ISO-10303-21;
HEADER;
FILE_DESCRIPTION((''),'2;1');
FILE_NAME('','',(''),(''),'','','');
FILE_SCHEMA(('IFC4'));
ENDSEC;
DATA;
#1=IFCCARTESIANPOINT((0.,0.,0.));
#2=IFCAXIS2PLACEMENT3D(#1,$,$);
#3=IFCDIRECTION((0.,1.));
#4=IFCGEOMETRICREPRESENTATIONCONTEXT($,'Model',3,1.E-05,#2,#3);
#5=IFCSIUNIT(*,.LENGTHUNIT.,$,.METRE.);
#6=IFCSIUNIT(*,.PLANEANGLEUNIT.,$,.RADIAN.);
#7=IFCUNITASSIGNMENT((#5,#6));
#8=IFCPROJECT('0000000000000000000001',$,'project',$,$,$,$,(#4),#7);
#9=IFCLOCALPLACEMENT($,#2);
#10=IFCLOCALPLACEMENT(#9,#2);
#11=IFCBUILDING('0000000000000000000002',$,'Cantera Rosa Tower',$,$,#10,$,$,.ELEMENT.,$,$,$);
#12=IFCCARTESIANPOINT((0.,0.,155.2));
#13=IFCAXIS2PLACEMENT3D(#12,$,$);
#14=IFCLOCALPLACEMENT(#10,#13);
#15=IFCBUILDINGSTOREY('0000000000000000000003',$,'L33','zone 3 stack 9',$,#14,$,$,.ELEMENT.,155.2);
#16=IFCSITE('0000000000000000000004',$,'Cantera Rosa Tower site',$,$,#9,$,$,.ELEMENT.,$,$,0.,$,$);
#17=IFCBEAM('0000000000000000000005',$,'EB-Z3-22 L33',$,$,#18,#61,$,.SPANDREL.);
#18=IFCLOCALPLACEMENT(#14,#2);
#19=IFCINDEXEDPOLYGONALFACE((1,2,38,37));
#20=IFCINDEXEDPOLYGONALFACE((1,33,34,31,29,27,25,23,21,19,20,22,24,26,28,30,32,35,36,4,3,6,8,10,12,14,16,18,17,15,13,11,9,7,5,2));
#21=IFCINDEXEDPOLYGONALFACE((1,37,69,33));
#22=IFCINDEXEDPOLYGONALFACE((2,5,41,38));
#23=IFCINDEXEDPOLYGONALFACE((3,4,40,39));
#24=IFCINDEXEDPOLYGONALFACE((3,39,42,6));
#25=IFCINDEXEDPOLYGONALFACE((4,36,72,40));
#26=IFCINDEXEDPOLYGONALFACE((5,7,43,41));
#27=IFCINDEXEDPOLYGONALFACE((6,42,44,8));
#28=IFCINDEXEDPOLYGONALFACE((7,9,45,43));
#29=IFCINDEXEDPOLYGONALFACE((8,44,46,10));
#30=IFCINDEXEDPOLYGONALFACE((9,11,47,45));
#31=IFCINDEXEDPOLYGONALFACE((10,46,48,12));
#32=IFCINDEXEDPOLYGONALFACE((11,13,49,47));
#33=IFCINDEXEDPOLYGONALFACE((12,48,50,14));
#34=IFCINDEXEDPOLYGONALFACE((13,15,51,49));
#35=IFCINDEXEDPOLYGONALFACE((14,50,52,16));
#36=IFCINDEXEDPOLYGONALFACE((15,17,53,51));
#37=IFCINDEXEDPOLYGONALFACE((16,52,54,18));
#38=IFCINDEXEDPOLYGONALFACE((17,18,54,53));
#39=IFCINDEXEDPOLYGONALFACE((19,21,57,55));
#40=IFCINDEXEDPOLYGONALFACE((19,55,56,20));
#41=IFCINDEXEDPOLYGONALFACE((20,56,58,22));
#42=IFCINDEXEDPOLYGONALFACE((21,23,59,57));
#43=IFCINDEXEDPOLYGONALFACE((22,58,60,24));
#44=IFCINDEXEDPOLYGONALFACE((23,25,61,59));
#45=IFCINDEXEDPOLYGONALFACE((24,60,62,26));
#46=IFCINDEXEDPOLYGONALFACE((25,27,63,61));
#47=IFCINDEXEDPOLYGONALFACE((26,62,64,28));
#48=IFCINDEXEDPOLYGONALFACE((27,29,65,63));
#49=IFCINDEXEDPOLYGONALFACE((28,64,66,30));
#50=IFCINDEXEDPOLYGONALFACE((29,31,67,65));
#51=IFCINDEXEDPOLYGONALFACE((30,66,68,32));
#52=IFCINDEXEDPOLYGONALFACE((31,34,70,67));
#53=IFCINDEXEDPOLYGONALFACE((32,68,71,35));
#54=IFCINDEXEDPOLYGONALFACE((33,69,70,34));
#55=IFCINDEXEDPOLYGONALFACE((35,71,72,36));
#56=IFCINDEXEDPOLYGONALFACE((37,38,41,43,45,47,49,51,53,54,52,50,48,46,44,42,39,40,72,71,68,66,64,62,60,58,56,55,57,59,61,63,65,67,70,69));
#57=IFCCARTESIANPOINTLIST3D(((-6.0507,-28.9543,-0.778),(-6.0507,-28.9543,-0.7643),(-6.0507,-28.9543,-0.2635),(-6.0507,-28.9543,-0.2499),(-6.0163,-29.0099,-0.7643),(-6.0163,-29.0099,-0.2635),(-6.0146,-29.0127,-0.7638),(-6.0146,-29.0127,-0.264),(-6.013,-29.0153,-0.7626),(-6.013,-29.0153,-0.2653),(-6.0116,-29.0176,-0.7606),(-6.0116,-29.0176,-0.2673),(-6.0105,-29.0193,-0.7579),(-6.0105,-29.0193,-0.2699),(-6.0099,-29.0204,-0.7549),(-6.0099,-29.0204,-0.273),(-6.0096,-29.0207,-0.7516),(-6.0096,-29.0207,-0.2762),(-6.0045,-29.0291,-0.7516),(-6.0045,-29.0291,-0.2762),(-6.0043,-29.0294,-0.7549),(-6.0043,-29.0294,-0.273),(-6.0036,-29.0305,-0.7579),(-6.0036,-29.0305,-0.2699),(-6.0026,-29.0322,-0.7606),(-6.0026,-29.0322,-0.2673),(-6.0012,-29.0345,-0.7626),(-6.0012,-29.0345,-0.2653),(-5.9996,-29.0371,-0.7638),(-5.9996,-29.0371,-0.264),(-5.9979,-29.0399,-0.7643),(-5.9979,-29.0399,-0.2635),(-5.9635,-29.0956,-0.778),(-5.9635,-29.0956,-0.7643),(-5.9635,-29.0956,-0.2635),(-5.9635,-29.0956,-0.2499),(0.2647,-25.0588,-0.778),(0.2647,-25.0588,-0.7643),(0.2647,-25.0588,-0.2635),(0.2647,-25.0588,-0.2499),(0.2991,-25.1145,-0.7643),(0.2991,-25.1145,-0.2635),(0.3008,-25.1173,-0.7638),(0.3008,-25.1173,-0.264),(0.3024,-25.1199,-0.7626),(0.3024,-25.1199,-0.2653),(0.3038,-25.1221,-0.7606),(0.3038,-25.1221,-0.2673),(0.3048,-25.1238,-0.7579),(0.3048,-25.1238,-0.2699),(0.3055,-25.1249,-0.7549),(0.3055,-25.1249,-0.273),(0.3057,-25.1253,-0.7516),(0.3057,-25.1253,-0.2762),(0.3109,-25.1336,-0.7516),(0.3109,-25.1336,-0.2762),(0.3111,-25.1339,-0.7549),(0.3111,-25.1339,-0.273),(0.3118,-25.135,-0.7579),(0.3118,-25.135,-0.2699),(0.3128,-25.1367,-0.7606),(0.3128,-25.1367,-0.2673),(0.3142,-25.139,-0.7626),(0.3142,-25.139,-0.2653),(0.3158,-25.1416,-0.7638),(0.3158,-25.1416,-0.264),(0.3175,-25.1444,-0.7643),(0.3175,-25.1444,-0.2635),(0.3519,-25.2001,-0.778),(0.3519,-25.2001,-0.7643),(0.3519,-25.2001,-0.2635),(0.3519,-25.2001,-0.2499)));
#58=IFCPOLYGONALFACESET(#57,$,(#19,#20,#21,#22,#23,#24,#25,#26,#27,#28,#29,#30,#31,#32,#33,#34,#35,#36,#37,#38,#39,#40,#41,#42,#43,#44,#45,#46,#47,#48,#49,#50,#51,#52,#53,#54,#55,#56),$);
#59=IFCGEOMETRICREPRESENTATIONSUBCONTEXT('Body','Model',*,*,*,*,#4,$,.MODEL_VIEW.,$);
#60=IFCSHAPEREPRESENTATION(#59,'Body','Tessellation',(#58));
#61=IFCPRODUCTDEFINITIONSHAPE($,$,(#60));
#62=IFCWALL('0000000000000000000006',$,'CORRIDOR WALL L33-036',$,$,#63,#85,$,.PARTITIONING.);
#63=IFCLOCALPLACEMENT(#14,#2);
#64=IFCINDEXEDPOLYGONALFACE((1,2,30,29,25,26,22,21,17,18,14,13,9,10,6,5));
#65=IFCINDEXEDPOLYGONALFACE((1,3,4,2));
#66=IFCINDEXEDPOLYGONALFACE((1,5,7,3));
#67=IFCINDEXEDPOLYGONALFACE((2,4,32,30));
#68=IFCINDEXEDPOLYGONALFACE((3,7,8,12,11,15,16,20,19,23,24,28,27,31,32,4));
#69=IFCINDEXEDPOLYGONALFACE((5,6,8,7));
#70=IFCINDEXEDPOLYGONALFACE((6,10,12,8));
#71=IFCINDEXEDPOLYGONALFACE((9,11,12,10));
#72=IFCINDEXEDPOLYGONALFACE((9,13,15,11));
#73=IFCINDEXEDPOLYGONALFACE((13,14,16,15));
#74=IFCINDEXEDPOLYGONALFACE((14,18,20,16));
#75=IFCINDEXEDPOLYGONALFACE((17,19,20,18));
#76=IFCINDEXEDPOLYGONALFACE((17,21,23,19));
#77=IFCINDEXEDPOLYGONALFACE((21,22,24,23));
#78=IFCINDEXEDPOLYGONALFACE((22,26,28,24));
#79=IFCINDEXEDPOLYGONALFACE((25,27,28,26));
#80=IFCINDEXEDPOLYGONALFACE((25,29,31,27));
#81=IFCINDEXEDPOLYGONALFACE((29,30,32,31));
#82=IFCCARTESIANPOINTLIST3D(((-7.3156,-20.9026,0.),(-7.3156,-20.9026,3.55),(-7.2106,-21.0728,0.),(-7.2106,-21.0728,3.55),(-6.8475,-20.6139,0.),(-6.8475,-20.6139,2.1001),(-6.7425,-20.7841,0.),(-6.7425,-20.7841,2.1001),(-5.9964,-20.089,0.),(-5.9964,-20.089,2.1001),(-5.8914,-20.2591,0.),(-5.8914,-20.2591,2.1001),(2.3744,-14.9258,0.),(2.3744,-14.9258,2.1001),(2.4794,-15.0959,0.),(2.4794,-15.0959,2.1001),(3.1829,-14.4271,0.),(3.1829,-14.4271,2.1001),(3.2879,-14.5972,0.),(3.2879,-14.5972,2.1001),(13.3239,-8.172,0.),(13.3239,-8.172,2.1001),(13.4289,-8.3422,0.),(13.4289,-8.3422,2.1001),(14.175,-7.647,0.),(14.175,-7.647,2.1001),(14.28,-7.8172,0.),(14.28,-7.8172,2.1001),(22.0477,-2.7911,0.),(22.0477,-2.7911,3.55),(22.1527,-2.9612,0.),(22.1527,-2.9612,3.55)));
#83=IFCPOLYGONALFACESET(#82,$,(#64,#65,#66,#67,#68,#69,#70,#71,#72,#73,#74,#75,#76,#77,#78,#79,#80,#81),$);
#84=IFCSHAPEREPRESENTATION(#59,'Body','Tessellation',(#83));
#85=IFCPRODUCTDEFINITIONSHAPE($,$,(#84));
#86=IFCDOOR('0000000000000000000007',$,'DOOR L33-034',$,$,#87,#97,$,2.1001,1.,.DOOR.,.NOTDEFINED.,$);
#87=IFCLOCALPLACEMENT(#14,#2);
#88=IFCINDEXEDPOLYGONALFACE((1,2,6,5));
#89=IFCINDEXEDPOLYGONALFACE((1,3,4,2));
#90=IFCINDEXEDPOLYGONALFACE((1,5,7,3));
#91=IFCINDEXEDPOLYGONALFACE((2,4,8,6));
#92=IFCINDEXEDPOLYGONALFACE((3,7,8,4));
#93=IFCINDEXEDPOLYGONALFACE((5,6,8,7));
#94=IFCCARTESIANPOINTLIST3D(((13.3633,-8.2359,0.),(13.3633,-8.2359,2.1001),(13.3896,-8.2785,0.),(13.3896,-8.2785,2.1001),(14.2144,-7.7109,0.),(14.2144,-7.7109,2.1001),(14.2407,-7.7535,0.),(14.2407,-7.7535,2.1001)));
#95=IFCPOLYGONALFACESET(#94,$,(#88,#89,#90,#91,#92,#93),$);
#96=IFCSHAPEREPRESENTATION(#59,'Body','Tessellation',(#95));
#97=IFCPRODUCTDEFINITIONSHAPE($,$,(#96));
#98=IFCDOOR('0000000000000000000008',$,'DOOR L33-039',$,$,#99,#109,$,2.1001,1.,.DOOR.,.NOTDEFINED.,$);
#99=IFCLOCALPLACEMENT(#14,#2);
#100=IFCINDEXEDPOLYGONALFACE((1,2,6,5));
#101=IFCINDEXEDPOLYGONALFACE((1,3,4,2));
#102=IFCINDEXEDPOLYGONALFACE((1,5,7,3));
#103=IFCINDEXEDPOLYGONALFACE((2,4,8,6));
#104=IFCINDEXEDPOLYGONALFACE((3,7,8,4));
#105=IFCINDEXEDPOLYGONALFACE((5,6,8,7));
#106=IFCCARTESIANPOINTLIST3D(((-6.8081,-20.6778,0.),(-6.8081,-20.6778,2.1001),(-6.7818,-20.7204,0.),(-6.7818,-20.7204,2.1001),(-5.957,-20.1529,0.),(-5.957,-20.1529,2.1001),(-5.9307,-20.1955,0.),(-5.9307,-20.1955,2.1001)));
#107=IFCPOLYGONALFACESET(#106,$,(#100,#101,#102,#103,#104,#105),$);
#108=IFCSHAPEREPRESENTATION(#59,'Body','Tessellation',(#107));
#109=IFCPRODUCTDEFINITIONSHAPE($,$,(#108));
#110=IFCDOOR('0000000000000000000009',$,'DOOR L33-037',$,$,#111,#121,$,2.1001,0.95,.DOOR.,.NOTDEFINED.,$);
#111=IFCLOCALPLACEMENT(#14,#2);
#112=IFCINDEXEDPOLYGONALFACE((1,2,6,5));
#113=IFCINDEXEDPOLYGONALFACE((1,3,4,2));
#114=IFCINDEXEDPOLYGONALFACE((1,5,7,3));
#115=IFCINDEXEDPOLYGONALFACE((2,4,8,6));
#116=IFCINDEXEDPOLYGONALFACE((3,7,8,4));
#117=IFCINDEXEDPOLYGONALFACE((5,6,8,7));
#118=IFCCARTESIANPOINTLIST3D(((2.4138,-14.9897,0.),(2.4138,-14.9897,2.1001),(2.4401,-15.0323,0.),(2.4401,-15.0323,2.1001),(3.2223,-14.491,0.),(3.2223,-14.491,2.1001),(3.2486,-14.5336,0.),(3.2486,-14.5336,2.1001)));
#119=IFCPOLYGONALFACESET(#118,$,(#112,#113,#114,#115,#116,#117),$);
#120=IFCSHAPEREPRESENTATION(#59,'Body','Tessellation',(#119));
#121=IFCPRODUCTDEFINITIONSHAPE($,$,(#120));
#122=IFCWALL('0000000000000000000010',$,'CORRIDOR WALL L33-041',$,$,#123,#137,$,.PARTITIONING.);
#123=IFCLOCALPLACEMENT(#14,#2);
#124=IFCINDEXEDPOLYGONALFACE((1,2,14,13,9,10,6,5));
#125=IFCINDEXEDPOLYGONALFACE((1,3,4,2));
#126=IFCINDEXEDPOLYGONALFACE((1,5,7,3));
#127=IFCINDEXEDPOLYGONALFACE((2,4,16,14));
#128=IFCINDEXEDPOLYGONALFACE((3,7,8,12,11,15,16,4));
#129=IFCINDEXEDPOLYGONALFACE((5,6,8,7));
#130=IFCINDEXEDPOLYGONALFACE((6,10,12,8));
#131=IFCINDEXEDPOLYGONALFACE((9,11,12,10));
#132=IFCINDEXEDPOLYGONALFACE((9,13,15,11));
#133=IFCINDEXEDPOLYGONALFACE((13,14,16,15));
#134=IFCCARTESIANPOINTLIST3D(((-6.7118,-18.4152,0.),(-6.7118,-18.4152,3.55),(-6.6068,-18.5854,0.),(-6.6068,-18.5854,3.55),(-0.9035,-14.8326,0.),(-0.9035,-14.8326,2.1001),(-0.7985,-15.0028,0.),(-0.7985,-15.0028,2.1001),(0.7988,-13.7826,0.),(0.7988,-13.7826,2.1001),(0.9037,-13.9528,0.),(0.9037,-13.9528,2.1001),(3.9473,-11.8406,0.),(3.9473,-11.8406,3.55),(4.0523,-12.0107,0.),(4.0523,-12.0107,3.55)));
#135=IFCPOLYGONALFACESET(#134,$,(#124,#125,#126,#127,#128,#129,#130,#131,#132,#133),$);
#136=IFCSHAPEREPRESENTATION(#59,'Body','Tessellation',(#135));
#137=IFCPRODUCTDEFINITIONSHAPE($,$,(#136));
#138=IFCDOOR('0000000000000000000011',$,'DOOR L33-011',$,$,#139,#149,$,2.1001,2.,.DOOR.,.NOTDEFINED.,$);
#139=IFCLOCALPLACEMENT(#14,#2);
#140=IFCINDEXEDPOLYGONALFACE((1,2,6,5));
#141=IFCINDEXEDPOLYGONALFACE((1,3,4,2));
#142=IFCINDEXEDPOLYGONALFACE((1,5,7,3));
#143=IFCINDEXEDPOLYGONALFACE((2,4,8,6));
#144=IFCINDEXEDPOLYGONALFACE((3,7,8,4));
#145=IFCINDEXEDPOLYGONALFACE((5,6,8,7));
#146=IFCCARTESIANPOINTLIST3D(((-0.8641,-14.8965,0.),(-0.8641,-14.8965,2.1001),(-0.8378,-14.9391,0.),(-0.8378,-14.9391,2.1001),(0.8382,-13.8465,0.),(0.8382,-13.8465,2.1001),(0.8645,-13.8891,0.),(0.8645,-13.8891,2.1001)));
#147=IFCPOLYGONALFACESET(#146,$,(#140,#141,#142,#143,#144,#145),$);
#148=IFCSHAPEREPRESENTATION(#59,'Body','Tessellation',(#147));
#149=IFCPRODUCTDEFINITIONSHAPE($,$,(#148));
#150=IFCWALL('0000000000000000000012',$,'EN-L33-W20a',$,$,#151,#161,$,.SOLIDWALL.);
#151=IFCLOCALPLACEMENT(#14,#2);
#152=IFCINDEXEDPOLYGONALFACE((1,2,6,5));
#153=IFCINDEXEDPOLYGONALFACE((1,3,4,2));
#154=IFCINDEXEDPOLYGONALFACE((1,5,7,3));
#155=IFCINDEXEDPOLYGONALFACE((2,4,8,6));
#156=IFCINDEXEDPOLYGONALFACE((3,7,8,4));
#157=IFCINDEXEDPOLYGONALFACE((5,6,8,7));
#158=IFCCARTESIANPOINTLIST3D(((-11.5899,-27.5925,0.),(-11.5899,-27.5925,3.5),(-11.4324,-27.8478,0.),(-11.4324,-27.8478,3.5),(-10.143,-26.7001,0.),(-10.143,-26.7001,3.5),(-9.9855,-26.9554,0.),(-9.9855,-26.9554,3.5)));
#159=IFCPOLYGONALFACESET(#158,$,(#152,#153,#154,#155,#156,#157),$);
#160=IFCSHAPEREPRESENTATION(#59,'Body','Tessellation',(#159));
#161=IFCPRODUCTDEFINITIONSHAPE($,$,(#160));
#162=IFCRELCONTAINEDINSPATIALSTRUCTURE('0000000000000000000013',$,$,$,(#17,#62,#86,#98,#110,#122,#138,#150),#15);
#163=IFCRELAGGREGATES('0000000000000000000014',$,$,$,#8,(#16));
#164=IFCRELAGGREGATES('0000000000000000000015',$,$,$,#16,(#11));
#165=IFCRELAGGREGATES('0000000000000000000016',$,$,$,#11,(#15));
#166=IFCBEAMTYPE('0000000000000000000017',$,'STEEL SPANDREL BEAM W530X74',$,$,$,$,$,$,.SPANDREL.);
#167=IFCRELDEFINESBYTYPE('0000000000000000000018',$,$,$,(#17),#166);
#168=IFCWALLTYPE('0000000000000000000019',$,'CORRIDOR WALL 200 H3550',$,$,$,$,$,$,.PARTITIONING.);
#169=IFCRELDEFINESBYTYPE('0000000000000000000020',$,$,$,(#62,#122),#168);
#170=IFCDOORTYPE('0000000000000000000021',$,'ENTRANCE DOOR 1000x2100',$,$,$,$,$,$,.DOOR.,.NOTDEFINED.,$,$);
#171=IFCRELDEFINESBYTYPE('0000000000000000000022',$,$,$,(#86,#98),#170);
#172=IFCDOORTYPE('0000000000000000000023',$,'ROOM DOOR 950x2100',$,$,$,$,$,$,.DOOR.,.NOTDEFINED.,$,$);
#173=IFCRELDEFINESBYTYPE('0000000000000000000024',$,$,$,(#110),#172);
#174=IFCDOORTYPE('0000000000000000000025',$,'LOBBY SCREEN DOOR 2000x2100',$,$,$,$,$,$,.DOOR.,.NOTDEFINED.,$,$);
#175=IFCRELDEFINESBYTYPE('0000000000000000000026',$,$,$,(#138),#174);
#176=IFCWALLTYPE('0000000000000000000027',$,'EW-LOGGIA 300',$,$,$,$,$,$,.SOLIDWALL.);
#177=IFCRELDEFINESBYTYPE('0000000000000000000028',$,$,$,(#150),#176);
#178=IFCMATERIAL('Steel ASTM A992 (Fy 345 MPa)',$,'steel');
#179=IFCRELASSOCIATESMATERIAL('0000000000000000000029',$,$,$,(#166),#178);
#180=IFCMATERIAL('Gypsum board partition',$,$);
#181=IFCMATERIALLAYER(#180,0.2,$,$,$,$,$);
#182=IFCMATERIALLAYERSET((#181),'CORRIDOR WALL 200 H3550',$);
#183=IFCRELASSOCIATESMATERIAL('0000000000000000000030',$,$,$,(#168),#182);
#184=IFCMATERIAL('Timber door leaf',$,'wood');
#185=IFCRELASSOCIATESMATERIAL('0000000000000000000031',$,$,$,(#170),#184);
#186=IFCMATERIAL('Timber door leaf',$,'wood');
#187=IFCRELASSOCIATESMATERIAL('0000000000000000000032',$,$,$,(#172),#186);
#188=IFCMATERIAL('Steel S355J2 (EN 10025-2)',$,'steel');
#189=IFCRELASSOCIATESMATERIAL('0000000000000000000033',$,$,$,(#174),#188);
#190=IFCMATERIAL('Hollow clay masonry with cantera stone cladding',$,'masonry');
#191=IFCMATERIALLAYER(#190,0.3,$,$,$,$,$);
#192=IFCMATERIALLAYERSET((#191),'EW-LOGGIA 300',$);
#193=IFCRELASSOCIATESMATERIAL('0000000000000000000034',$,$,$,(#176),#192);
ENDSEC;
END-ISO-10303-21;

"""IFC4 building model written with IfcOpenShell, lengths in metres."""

from ifc_helpers import new_model, si_unit, direction, frame, frame_2d, origin, origin_2d, place, context, subcontext, project, spatial, rectangle, i_section, extrude, material, layer, layer_set, material_profile, profile_set, type_object, element, fill, save


model = new_model("IFC4")

# Units and contexts
model_context = context("Model", 3, precision=1e-05, world=origin(), true_north=direction((0.0, 1.0)))
body_context = subcontext(model_context, "Body", "Model", "MODEL_VIEW")
ifc_project = project(units=[si_unit("LENGTHUNIT", "METRE"), si_unit("PLANEANGLEUNIT", "RADIAN")], contexts=[model_context])

# Site, building, storey
site_placement = place(None, origin())
site = spatial("IfcSite", under=ifc_project, at=site_placement, Name="Cantera Rosa Tower site", CompositionType="ELEMENT", RefElevation=0.0)
building_placement = place(site_placement, origin())
building = spatial("IfcBuilding", under=site, at=building_placement, Name="Cantera Rosa Tower", CompositionType="ELEMENT")
storey_placement = place(building_placement, frame((0.0, 0.0, 155.2)))
storey = spatial("IfcBuildingStorey", under=building, at=storey_placement, Name="L33", Description="zone 3 stack 9", CompositionType="ELEMENT", Elevation=155.2)

# Beam
ifc_material_1 = material(Name="Steel ASTM A992 (Fy 345 MPa)", Category="steel")
ifc_material_profile_1 = material_profile(ifc_material_1, i_section(OverallWidth=0.166, OverallDepth=0.5281, WebThickness=0.0098, FlangeThickness=0.0137, FilletRadius=0.0127, at=origin_2d()), Name="W530X74")
ifc_profile_set_1 = profile_set([ifc_material_profile_1], Name="Steel ASTM A992 (Fy 345 MPa)")
beam_type_1 = type_object("IfcBeamType", Name="STEEL SPANDREL BEAM W530X74", PredefinedType="SPANDREL", material=ifc_profile_set_1)
beam_1_placement = place(storey_placement, frame((-6.0071, -29.0249, -0.5139), z_axis=(0.851111, 0.524986, 0.0), x_axis=(-0.524986, 0.851111, 0.0)))
element("IfcBeam", 1, at=beam_1_placement, inside=storey, type_object=beam_type_1, Name="EB-Z3-22 L33", PredefinedType="SPANDREL", context=body_context, shape_type="SweptSolid", body=[
    extrude(i_section(OverallWidth=0.166, OverallDepth=0.5281, WebThickness=0.0098, FlangeThickness=0.0137, FilletRadius=0.0127, at=origin_2d()), origin(), (0.0, 0.0, 1.0), 7.4202),
])

# Wall, openings, doors
ifc_material_2 = material(Name="Gypsum board partition")
ifc_layer_1 = layer(ifc_material_2, 0.2)
ifc_layer_set_1 = layer_set([ifc_layer_1], Name="CORRIDOR WALL 200 H3550")
wall_type_1 = type_object("IfcWallType", Name="CORRIDOR WALL 200 H3550", PredefinedType="PARTITIONING", material=ifc_layer_set_1)
wall_1_placement = place(storey_placement, frame((-7.2632, -20.9878, 0.0), z_axis=(0.0, 0.0, 1.0), x_axis=(0.851116, 0.524977, 0.0)))
wall_1 = element("IfcWall", 2, at=wall_1_placement, inside=storey, type_object=wall_type_1, Name="CORRIDOR WALL L33-036", PredefinedType="PARTITIONING", context=body_context, shape_type="SweptSolid", body=[
    extrude(rectangle(XDim=34.4998, YDim=0.2, at=frame_2d((17.25, 0.0))), origin(), (0.0, 0.0, 1.0), 3.55),
])
opening_1_placement = place(wall_1_placement, frame((24.25, 0.0, 0.0)))
opening_1 = element("IfcOpeningElement", 3, at=opening_1_placement, cuts=wall_1, PredefinedType="OPENING", context=body_context, shape_type="SweptSolid", body=[
    extrude(rectangle(XDim=1.0, YDim=2.1001, at=frame_2d((0.5, 1.05))), frame((0.0, 0.1099, 0.0), z_axis=(0.0, -1.0, 0.0), x_axis=(1.0, 0.0, 0.0)), (0.0, 0.0, 1.0), 0.22),
])
opening_2_placement = place(wall_1_placement, frame((11.385, 0.0, 0.0)))
opening_2 = element("IfcOpeningElement", 4, at=opening_2_placement, cuts=wall_1, PredefinedType="OPENING", context=body_context, shape_type="SweptSolid", body=[
    extrude(rectangle(XDim=0.95, YDim=2.1001, at=frame_2d((0.4751, 1.05))), frame((0.0, 0.1099, 0.0), z_axis=(0.0, -1.0, 0.0), x_axis=(1.0, 0.0, 0.0)), (0.0, 0.0, 1.0), 0.22),
])
opening_3_placement = place(wall_1_placement, frame((0.55, 0.0, 0.0)))
opening_3 = element("IfcOpeningElement", 5, at=opening_3_placement, cuts=wall_1, PredefinedType="OPENING", context=body_context, shape_type="SweptSolid", body=[
    extrude(rectangle(XDim=1.0, YDim=2.1001, at=frame_2d((0.5, 1.05))), frame((0.0, 0.1099, 0.0), z_axis=(0.0, -1.0, 0.0), x_axis=(1.0, 0.0, 0.0)), (0.0, 0.0, 1.0), 0.22),
])
ifc_material_3 = material(Name="Timber door leaf", Category="wood")
door_type_1 = type_object("IfcDoorType", Name="ENTRANCE DOOR 1000x2100", OperationType="NOTDEFINED", PredefinedType="DOOR", material=ifc_material_3)
door_1_placement = place(opening_1_placement, origin())
door_1 = element("IfcDoor", 6, at=door_1_placement, inside=storey, type_object=door_type_1, Name="DOOR L33-034", OperationType="NOTDEFINED", OverallHeight=2.1001, OverallWidth=1.0, PredefinedType="DOOR", context=body_context, shape_type="SweptSolid", body=[
    extrude(rectangle(XDim=1.0, YDim=2.1001, at=frame_2d((0.5, 1.05))), frame((0.0, 0.0249, 0.0), z_axis=(0.0, -1.0, 0.0), x_axis=(1.0, 0.0, 0.0)), (0.0, 0.0, 1.0), 0.05),
])
fill(opening_1, door_1)
door_2_placement = place(opening_3_placement, origin())
door_2 = element("IfcDoor", 7, at=door_2_placement, inside=storey, type_object=door_type_1, Name="DOOR L33-039", OperationType="NOTDEFINED", OverallHeight=2.1001, OverallWidth=1.0, PredefinedType="DOOR", context=body_context, shape_type="SweptSolid", body=[
    extrude(rectangle(XDim=1.0, YDim=2.1001, at=frame_2d((0.5, 1.05))), frame((0.0, 0.0249, 0.0), z_axis=(0.0, -1.0, 0.0), x_axis=(1.0, 0.0, 0.0)), (0.0, 0.0, 1.0), 0.05),
])
fill(opening_3, door_2)
ifc_material_4 = material(Name="Timber door leaf", Category="wood")
door_type_2 = type_object("IfcDoorType", Name="ROOM DOOR 950x2100", OperationType="NOTDEFINED", PredefinedType="DOOR", material=ifc_material_4)
door_3_placement = place(opening_2_placement, origin())
door_3 = element("IfcDoor", 8, at=door_3_placement, inside=storey, type_object=door_type_2, Name="DOOR L33-037", OperationType="NOTDEFINED", OverallHeight=2.1001, OverallWidth=0.95, PredefinedType="DOOR", context=body_context, shape_type="SweptSolid", body=[
    extrude(rectangle(XDim=0.95, YDim=2.1001, at=frame_2d((0.4751, 1.05))), frame((0.0, 0.0249, 0.0), z_axis=(0.0, -1.0, 0.0), x_axis=(1.0, 0.0, 0.0)), (0.0, 0.0, 1.0), 0.05),
])
fill(opening_2, door_3)

# Wall, opening, door
wall_2_placement = place(storey_placement, frame((-6.6592, -18.5002, 0.0), z_axis=(0.0, 0.0, 1.0), x_axis=(0.851116, 0.524978, 0.0)))
wall_2 = element("IfcWall", 9, at=wall_2_placement, inside=storey, type_object=wall_type_1, Name="CORRIDOR WALL L33-041", PredefinedType="PARTITIONING", context=body_context, shape_type="SweptSolid", body=[
    extrude(rectangle(XDim=12.5237, YDim=0.2, at=frame_2d((6.2617, 0.0))), origin(), (0.0, 0.0, 1.0), 3.55),
])
opening_4_placement = place(wall_2_placement, frame((6.8242, 0.0, 0.0)))
opening_4 = element("IfcOpeningElement", 10, at=opening_4_placement, cuts=wall_2, PredefinedType="OPENING", context=body_context, shape_type="SweptSolid", body=[
    extrude(rectangle(XDim=2.0, YDim=2.1001, at=frame_2d((1.0, 1.05))), frame((0.0, 0.1099, 0.0), z_axis=(0.0, -1.0, 0.0), x_axis=(1.0, 0.0, 0.0)), (0.0, 0.0, 1.0), 0.22),
])
ifc_material_5 = material(Name="Steel S355J2 (EN 10025-2)", Category="steel")
door_type_3 = type_object("IfcDoorType", Name="LOBBY SCREEN DOOR 2000x2100", OperationType="NOTDEFINED", PredefinedType="DOOR", material=ifc_material_5)
door_4_placement = place(opening_4_placement, origin())
door_4 = element("IfcDoor", 11, at=door_4_placement, inside=storey, type_object=door_type_3, Name="DOOR L33-011", OperationType="NOTDEFINED", OverallHeight=2.1001, OverallWidth=2.0, PredefinedType="DOOR", context=body_context, shape_type="SweptSolid", body=[
    extrude(rectangle(XDim=2.0, YDim=2.1001, at=frame_2d((1.0, 1.05))), frame((0.0, 0.0249, 0.0), z_axis=(0.0, -1.0, 0.0), x_axis=(1.0, 0.0, 0.0)), (0.0, 0.0, 1.0), 0.05),
])
fill(opening_4, door_4)

# Wall
ifc_material_6 = material(Name="Hollow clay masonry with cantera stone cladding", Category="masonry")
ifc_layer_2 = layer(ifc_material_6, 0.3)
ifc_layer_set_2 = layer_set([ifc_layer_2], Name="EW-LOGGIA 300")
wall_type_2 = type_object("IfcWallType", Name="EW-LOGGIA 300", PredefinedType="SOLIDWALL", material=ifc_layer_set_2)
wall_3_placement = place(storey_placement, frame((-11.5112, -27.7202, 0.0), z_axis=(0.0, 0.0, 1.0), x_axis=(0.85113, 0.524955, 0.0)))
element("IfcWall", 12, at=wall_3_placement, inside=storey, type_object=wall_type_2, Name="EN-L33-W20a", PredefinedType="SOLIDWALL", context=body_context, shape_type="SweptSolid", body=[
    extrude(rectangle(XDim=1.7, YDim=0.3, at=frame_2d((0.8501, 0.0))), origin(), (0.0, 0.0, 1.0), 3.5),
])

save(model, "model.ifc")
